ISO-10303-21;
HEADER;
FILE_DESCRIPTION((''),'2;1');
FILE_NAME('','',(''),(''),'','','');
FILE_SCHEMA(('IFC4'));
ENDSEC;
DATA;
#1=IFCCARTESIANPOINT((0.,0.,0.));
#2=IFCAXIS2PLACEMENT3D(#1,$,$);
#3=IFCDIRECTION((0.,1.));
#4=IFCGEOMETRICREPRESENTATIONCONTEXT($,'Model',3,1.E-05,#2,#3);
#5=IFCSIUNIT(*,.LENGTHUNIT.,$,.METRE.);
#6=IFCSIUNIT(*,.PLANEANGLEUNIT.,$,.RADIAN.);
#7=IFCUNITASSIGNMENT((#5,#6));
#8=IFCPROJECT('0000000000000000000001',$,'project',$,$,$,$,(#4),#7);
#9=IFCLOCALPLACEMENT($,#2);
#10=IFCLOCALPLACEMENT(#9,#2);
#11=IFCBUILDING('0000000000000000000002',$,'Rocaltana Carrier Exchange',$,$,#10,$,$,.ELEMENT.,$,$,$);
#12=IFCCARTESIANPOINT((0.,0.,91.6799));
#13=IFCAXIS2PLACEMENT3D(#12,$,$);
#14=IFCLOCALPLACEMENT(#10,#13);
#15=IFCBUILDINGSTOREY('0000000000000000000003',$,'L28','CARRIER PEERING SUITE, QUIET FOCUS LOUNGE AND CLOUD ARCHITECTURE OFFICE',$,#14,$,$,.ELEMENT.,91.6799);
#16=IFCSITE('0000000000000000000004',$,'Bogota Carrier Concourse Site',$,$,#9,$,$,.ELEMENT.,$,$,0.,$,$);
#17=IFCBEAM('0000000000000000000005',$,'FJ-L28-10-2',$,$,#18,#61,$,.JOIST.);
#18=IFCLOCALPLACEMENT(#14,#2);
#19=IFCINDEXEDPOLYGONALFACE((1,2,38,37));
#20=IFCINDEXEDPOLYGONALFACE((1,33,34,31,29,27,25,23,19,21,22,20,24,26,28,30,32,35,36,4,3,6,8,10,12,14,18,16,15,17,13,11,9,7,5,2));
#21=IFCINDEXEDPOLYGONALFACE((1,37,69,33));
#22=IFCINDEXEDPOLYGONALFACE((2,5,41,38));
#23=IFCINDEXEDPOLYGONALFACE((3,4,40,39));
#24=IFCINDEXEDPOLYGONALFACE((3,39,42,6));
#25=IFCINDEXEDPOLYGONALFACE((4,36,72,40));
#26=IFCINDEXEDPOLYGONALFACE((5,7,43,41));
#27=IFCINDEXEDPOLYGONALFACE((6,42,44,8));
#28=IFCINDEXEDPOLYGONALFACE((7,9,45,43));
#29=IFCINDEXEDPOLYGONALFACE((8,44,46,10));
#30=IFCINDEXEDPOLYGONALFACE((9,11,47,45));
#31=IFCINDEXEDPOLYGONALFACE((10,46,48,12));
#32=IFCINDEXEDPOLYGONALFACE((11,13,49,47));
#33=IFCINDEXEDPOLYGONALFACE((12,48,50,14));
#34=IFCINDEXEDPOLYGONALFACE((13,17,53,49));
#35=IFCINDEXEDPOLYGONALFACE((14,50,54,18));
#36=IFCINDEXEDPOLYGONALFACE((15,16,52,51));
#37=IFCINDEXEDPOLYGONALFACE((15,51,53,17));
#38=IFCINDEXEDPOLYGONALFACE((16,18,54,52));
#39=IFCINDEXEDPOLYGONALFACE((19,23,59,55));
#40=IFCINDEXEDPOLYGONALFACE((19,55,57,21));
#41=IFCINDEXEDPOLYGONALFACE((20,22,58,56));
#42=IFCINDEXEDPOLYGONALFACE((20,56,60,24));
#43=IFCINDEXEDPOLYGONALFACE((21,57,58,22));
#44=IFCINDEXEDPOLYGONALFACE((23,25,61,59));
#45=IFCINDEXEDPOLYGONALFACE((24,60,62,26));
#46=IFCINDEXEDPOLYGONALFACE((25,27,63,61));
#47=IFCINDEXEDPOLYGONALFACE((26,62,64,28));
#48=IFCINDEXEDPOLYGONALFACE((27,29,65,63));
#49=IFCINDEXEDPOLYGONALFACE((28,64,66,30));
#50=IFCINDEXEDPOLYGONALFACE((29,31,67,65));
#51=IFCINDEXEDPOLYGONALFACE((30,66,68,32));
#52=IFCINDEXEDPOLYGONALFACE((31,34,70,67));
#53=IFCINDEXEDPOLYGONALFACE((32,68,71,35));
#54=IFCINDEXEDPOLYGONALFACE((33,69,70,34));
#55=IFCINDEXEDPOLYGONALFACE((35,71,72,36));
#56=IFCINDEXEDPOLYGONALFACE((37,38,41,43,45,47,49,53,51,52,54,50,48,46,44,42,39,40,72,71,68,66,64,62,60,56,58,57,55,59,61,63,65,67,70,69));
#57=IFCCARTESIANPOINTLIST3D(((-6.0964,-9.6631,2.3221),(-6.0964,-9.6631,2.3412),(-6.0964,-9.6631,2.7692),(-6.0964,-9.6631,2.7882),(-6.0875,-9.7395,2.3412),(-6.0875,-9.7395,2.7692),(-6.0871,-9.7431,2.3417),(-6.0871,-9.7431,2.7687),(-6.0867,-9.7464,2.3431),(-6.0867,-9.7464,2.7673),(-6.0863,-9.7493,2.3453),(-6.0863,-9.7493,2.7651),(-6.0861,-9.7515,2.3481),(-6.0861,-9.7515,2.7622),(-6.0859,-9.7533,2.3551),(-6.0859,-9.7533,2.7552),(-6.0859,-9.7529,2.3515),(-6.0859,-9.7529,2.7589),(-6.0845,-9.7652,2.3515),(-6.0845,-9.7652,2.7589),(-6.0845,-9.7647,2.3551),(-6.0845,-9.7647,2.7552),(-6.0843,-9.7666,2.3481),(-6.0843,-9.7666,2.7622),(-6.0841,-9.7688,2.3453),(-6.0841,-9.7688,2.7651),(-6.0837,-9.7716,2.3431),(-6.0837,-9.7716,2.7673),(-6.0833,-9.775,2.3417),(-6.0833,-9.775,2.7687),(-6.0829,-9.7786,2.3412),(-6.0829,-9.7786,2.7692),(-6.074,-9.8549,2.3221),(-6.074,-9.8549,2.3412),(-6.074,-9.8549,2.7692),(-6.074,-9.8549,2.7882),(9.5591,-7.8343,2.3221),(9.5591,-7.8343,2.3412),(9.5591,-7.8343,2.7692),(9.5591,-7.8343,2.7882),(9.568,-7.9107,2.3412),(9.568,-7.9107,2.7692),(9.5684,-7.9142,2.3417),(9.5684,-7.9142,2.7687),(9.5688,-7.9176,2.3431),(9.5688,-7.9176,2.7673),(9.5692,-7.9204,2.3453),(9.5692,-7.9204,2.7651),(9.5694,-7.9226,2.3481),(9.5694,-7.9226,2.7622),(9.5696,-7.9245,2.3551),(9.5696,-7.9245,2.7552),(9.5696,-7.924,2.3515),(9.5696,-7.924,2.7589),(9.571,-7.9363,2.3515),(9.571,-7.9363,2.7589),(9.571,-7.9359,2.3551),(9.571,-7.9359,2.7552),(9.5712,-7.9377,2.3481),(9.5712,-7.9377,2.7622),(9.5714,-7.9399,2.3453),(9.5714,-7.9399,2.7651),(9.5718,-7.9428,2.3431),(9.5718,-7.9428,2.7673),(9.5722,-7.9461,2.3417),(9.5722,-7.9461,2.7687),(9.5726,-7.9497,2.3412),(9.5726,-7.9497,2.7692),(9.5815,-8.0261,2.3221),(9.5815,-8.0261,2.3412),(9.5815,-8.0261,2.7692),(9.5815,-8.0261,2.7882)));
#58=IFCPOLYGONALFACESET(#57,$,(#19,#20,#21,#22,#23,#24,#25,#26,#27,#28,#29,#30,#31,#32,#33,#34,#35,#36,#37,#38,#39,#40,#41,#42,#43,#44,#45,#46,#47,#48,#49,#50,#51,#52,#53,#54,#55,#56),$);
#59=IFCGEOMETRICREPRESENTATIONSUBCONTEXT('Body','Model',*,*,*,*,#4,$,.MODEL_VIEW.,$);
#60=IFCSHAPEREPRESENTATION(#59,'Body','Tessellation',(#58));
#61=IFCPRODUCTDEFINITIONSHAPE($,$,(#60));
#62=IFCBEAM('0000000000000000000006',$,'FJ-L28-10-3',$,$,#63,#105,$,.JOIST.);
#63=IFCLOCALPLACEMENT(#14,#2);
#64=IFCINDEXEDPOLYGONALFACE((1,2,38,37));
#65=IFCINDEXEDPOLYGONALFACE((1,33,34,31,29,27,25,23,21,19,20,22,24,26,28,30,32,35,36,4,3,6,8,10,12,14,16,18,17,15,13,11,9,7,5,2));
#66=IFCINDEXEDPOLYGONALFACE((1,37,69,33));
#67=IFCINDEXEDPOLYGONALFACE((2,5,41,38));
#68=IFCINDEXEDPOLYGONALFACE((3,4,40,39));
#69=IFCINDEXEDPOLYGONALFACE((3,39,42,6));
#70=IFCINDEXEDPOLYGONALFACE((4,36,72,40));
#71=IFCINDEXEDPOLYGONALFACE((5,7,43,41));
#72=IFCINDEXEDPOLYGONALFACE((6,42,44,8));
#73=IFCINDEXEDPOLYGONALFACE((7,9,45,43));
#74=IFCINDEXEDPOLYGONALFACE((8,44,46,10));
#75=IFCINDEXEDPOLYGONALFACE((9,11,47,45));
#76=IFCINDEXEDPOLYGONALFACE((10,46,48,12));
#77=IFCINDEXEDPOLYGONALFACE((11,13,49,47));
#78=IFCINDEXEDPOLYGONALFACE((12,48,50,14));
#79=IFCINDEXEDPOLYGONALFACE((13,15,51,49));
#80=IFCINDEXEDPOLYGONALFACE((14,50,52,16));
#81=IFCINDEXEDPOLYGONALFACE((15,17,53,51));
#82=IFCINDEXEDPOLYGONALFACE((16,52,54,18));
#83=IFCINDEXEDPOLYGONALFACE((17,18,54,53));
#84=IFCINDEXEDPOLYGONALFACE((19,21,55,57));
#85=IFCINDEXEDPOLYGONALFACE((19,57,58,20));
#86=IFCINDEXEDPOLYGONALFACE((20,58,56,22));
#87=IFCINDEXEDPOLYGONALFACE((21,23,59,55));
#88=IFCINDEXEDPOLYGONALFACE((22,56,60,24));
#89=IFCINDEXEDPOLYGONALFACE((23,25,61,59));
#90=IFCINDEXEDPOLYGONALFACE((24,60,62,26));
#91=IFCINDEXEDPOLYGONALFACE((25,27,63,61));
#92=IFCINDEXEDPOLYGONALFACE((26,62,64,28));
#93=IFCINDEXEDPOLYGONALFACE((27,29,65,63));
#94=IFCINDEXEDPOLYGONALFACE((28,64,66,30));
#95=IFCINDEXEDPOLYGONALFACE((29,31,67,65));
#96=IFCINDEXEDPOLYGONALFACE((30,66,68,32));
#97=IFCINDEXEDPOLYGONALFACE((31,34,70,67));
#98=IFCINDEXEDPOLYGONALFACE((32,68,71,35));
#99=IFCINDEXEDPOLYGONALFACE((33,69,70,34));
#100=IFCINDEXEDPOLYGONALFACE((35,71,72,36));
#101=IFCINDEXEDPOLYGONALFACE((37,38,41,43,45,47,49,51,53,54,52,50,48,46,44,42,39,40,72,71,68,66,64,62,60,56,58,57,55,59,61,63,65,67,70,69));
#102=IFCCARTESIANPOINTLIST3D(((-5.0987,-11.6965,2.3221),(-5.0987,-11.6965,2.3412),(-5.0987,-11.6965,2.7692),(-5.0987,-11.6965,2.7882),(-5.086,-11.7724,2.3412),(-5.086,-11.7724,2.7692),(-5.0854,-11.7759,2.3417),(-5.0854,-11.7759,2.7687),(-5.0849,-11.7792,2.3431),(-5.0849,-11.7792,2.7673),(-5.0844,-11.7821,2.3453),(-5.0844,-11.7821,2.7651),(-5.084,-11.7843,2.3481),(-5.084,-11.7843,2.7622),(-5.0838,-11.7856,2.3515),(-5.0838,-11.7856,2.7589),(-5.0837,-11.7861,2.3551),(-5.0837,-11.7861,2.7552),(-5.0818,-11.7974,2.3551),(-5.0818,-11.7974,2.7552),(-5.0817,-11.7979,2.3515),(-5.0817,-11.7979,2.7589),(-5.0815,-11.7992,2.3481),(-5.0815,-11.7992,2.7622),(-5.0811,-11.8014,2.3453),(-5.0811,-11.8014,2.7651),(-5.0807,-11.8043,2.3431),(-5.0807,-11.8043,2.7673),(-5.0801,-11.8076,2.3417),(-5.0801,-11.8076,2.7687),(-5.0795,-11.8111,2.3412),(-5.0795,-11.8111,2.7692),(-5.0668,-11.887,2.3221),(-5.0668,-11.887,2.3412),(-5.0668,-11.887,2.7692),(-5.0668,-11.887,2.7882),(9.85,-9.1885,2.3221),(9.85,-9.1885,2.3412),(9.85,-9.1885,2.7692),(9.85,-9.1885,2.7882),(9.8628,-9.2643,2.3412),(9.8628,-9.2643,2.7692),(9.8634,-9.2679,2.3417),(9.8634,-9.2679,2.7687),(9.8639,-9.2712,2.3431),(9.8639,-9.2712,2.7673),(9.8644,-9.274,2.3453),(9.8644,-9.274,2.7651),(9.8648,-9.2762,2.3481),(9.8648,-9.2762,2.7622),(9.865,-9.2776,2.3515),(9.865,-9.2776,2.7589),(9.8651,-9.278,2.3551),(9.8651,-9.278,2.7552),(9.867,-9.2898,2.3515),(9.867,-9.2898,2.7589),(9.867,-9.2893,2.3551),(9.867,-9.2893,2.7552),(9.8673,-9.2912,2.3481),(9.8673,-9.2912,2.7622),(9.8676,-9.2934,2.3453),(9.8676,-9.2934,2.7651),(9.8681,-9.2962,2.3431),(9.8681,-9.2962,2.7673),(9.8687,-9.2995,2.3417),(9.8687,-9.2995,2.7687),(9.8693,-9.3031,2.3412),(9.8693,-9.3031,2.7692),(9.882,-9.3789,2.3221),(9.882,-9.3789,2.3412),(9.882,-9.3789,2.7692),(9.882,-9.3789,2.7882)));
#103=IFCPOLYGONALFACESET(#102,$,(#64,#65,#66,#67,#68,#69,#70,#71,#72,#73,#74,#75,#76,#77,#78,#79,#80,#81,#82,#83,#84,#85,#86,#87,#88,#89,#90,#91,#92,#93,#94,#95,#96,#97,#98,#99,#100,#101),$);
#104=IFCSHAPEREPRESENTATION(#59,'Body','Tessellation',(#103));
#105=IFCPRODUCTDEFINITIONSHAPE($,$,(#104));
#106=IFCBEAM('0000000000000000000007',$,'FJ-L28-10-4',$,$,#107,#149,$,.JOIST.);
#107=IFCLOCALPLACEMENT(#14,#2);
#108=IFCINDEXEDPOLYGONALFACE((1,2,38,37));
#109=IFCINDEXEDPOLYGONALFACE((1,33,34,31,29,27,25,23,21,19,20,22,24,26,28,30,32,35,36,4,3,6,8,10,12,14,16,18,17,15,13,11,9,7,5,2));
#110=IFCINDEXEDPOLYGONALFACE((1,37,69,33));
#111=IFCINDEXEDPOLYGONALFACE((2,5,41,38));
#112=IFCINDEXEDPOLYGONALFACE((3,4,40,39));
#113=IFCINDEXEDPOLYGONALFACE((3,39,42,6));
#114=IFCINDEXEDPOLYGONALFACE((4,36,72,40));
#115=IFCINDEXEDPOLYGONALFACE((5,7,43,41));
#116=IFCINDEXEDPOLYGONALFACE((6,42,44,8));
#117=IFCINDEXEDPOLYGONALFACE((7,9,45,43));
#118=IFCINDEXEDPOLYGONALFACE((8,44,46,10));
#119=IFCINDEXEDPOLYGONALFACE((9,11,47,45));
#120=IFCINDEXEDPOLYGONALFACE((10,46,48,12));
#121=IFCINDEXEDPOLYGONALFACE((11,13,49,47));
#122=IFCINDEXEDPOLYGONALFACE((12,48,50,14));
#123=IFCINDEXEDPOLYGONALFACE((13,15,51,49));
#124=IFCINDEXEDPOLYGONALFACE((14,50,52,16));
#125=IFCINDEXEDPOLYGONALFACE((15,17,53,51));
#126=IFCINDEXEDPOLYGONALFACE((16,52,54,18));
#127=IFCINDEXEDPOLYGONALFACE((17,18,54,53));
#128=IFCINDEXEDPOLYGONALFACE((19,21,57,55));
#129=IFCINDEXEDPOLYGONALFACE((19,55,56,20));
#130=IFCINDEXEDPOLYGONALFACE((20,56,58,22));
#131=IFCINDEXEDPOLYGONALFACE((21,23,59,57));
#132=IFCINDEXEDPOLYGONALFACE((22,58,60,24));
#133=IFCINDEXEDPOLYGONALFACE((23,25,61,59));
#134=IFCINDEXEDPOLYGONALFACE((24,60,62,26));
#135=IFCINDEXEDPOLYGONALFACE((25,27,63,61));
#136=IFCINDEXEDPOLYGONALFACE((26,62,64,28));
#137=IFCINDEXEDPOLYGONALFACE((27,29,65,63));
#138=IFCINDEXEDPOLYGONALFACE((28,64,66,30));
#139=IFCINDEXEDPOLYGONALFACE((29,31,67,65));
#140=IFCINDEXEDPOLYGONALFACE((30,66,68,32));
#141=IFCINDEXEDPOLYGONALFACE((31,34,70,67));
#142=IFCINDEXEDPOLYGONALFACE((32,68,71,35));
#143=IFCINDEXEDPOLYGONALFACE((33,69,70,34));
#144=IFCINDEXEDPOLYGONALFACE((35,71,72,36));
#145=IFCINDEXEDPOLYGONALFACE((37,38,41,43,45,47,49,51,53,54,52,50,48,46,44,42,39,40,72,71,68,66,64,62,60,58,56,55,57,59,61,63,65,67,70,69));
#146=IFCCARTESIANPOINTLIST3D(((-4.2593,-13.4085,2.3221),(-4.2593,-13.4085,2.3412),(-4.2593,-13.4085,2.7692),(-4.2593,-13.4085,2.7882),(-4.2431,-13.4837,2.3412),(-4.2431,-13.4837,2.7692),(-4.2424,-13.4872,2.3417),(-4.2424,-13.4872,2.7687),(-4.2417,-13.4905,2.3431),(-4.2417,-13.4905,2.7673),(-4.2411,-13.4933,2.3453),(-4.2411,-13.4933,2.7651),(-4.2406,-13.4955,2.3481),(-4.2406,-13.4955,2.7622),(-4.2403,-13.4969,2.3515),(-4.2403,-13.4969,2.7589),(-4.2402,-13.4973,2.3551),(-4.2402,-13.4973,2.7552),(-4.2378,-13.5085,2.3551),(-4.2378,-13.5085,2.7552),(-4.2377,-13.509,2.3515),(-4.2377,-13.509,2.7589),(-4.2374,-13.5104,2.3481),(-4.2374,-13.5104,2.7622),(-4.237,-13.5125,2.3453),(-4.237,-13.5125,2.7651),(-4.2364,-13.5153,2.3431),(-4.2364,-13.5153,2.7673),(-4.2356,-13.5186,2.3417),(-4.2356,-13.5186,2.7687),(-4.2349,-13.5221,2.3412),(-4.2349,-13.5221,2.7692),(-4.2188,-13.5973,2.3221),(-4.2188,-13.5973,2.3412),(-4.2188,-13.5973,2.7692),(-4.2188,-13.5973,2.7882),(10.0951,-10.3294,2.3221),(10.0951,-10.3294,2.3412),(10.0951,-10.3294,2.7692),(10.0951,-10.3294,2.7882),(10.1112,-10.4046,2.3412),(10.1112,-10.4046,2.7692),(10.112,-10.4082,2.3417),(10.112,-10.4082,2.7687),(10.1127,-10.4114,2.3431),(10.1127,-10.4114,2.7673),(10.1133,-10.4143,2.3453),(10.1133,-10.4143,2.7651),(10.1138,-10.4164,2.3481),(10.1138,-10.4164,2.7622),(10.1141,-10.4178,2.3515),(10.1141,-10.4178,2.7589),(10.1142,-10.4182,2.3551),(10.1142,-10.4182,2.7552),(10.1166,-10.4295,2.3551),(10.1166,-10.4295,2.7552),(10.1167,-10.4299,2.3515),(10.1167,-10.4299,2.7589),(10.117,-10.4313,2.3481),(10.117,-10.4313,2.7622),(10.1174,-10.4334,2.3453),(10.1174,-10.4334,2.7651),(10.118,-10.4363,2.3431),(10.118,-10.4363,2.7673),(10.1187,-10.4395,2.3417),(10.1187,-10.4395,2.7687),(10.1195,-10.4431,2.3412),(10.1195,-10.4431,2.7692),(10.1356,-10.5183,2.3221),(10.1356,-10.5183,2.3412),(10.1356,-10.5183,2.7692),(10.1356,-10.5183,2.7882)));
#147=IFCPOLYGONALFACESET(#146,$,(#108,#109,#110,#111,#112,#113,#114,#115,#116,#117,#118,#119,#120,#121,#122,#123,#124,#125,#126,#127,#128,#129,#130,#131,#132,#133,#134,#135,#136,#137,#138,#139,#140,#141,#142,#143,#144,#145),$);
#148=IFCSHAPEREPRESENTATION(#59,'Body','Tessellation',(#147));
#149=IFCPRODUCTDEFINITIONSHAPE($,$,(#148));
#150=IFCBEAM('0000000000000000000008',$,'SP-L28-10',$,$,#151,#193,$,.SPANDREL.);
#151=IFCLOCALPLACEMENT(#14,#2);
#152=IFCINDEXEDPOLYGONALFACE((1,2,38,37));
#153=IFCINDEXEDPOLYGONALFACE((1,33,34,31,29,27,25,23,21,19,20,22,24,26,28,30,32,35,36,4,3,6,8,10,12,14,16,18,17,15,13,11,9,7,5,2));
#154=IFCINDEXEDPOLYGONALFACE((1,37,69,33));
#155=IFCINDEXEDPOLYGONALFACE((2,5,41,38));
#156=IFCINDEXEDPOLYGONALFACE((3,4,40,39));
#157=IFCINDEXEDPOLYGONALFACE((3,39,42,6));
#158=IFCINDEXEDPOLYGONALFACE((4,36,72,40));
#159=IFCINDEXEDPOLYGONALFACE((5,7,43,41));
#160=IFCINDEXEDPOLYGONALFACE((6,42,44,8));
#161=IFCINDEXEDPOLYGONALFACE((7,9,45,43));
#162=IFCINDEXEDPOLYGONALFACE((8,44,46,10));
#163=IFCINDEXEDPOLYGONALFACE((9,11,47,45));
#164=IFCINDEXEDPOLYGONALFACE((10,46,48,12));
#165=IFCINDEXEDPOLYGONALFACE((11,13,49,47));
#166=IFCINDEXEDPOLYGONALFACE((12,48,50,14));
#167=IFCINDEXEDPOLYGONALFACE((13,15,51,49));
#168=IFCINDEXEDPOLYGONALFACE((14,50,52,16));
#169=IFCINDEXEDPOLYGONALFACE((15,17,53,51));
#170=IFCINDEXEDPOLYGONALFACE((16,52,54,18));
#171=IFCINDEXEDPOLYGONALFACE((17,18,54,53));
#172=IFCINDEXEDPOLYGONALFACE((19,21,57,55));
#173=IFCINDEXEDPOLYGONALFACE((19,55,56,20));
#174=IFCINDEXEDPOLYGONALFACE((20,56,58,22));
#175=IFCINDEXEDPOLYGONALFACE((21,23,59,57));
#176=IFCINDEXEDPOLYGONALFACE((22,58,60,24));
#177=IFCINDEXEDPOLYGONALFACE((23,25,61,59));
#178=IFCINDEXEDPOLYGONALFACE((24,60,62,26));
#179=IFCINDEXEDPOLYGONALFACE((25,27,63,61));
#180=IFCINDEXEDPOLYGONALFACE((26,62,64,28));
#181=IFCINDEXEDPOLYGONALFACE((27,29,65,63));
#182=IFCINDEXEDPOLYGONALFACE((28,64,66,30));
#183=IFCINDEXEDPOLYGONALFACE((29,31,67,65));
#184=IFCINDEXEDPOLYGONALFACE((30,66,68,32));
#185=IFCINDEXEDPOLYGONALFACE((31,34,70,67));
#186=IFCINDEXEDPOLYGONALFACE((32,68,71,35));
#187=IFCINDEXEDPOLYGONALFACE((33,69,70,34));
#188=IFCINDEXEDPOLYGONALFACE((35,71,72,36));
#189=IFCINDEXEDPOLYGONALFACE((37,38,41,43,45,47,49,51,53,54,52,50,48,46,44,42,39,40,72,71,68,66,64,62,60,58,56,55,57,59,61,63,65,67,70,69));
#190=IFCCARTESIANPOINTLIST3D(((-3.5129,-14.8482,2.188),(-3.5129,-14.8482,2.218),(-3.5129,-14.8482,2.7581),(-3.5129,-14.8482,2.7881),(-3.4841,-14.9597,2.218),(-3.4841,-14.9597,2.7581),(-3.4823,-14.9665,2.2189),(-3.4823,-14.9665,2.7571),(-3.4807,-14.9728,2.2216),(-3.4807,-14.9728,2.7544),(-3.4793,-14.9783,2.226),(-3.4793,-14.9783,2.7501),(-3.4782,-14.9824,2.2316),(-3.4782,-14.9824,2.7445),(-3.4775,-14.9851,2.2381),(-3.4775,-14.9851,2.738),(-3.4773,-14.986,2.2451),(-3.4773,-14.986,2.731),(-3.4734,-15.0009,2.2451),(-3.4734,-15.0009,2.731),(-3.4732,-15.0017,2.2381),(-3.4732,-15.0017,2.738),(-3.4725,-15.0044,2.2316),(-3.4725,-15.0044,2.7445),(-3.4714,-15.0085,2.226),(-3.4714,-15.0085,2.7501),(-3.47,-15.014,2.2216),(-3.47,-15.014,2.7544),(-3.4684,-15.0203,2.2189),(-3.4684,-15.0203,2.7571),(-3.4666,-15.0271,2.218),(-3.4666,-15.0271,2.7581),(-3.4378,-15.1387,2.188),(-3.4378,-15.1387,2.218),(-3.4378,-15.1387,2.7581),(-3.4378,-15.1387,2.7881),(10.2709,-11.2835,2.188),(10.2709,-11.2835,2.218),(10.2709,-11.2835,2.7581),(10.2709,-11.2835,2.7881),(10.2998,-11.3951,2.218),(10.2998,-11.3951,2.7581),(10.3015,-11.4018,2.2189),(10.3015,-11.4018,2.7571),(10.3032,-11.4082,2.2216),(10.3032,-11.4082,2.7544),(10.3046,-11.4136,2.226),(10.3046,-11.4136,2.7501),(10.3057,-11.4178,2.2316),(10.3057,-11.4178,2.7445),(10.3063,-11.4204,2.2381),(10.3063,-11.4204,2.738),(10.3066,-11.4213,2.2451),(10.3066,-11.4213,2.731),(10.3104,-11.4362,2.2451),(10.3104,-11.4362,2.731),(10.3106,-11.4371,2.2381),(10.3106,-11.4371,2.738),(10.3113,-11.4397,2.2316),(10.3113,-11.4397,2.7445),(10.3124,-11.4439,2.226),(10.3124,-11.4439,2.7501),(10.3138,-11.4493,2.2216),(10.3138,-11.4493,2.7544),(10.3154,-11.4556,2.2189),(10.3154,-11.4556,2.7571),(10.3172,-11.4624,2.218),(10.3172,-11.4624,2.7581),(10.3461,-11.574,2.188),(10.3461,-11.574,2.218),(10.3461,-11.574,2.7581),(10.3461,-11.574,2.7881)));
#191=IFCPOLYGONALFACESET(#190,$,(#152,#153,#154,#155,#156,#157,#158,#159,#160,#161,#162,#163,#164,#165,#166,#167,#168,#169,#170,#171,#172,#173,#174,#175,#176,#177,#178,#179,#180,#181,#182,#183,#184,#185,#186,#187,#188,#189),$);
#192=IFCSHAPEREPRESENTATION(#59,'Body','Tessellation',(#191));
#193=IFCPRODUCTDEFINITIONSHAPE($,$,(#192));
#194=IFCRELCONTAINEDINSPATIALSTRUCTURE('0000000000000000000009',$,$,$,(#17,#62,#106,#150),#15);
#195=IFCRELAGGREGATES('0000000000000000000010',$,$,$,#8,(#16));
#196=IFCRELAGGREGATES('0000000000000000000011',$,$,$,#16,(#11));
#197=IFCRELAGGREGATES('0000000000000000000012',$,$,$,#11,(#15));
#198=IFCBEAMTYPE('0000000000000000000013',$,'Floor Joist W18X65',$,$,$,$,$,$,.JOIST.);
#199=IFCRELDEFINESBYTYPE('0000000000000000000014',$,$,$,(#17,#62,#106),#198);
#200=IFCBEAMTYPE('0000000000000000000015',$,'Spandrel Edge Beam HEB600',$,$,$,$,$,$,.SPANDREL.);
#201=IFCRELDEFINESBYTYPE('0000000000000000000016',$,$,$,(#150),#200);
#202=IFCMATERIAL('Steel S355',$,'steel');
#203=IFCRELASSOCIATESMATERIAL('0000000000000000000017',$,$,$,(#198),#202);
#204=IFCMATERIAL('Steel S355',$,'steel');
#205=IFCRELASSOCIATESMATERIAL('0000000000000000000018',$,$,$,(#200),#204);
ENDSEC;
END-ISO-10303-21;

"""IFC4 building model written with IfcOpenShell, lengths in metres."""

from ifc_helpers import new_model, si_unit, direction, frame, origin, origin_2d, place, context, subcontext, project, spatial, i_section, extrude, material, material_profile, profile_set, type_object, element, save


model = new_model("IFC4")

# Units and contexts
model_context = context("Model", 3, precision=1e-05, world=origin(), true_north=direction((0.0, 1.0)))
body_context = subcontext(model_context, "Body", "Model", "MODEL_VIEW")
ifc_project = project(units=[si_unit("LENGTHUNIT", "METRE"), si_unit("PLANEANGLEUNIT", "RADIAN")], contexts=[model_context])

# Site, building, storey
site_placement = place(None, origin())
site = spatial("IfcSite", under=ifc_project, at=site_placement, Name="Bogota Carrier Concourse Site", CompositionType="ELEMENT", RefElevation=0.0)
building_placement = place(site_placement, origin())
building = spatial("IfcBuilding", under=site, at=building_placement, Name="Rocaltana Carrier Exchange", CompositionType="ELEMENT")
storey_placement = place(building_placement, frame((0.0, 0.0, 91.6799)))
storey = spatial("IfcBuildingStorey", under=building, at=storey_placement, Name="L28", Description="CARRIER PEERING SUITE, QUIET FOCUS LOUNGE AND CLOUD ARCHITECTURE OFFICE", CompositionType="ELEMENT", Elevation=91.6799)

# Beams
ifc_material_1 = material(Name="Steel S355", Category="steel")
ifc_material_profile_1 = material_profile(ifc_material_1, i_section(OverallWidth=0.1931, OverallDepth=0.4661, WebThickness=0.0115, FlangeThickness=0.019, FilletRadius=0.0139, at=origin_2d()), Name="W18X65")
ifc_profile_set_1 = profile_set([ifc_material_profile_1], Name="Steel S355")
beam_type_1 = type_object("IfcBeamType", Name="Floor Joist W18X65", PredefinedType="JOIST", material=ifc_profile_set_1)
beam_1_placement = place(storey_placement, frame((-6.0852, -9.759, 2.5552), z_axis=(0.993246, 0.11603, 0.0), x_axis=(-0.11603, 0.993246, 0.0)))
element("IfcBeam", 1, at=beam_1_placement, inside=storey, type_object=beam_type_1, Name="FJ-L28-10-2", PredefinedType="JOIST", context=body_context, shape_type="SweptSolid", body=[
    extrude(i_section(OverallWidth=0.1931, OverallDepth=0.4661, WebThickness=0.0115, FlangeThickness=0.019, FilletRadius=0.0139, at=origin_2d()), origin(), (0.0, 0.0, 1.0), 15.762),
])
beam_2_placement = place(storey_placement, frame((-5.0828, -11.7917, 2.5552), z_axis=(0.986216, 0.165465, 0.0), x_axis=(-0.165465, 0.986216, 0.0)))
element("IfcBeam", 2, at=beam_2_placement, inside=storey, type_object=beam_type_1, Name="FJ-L28-10-3", PredefinedType="JOIST", context=body_context, shape_type="SweptSolid", body=[
    extrude(i_section(OverallWidth=0.1931, OverallDepth=0.4661, WebThickness=0.0115, FlangeThickness=0.019, FilletRadius=0.0139, at=origin_2d()), origin(), (0.0, 0.0, 1.0), 15.1577),
])
beam_3_placement = place(storey_placement, frame((-4.239, -13.5029, 2.5552), z_axis=(0.977759, 0.209734, 0.0), x_axis=(-0.209734, 0.977759, 0.0)))
element("IfcBeam", 3, at=beam_3_placement, inside=storey, type_object=beam_type_1, Name="FJ-L28-10-4", PredefinedType="JOIST", context=body_context, shape_type="SweptSolid", body=[
    extrude(i_section(OverallWidth=0.1931, OverallDepth=0.4661, WebThickness=0.0115, FlangeThickness=0.019, FilletRadius=0.0139, at=origin_2d()), origin(), (0.0, 0.0, 1.0), 14.6809),
])
ifc_material_2 = material(Name="Steel S355", Category="steel")
ifc_material_profile_2 = material_profile(ifc_material_2, i_section(OverallWidth=0.3, OverallDepth=0.6001, WebThickness=0.0154, FlangeThickness=0.03, FilletRadius=0.0271, at=origin_2d()), Name="HEB600")
ifc_profile_set_2 = profile_set([ifc_material_profile_2], Name="Steel S355")
beam_type_2 = type_object("IfcBeamType", Name="Spandrel Edge Beam HEB600", PredefinedType="SPANDREL", material=ifc_profile_set_2)
beam_4_placement = place(storey_placement, frame((-3.4753, -14.9934, 2.488), z_axis=(0.968149, 0.250375, 0.0), x_axis=(-0.250375, 0.968149, 0.0)))
element("IfcBeam", 4, at=beam_4_placement, inside=storey, type_object=beam_type_2, Name="SP-L28-10", PredefinedType="SPANDREL", context=body_context, shape_type="SweptSolid", body=[
    extrude(i_section(OverallWidth=0.3, OverallDepth=0.6001, WebThickness=0.0154, FlangeThickness=0.03, FilletRadius=0.0271, at=origin_2d()), origin(), (0.0, 0.0, 1.0), 14.2373),
])

save(model, "model.ifc")
